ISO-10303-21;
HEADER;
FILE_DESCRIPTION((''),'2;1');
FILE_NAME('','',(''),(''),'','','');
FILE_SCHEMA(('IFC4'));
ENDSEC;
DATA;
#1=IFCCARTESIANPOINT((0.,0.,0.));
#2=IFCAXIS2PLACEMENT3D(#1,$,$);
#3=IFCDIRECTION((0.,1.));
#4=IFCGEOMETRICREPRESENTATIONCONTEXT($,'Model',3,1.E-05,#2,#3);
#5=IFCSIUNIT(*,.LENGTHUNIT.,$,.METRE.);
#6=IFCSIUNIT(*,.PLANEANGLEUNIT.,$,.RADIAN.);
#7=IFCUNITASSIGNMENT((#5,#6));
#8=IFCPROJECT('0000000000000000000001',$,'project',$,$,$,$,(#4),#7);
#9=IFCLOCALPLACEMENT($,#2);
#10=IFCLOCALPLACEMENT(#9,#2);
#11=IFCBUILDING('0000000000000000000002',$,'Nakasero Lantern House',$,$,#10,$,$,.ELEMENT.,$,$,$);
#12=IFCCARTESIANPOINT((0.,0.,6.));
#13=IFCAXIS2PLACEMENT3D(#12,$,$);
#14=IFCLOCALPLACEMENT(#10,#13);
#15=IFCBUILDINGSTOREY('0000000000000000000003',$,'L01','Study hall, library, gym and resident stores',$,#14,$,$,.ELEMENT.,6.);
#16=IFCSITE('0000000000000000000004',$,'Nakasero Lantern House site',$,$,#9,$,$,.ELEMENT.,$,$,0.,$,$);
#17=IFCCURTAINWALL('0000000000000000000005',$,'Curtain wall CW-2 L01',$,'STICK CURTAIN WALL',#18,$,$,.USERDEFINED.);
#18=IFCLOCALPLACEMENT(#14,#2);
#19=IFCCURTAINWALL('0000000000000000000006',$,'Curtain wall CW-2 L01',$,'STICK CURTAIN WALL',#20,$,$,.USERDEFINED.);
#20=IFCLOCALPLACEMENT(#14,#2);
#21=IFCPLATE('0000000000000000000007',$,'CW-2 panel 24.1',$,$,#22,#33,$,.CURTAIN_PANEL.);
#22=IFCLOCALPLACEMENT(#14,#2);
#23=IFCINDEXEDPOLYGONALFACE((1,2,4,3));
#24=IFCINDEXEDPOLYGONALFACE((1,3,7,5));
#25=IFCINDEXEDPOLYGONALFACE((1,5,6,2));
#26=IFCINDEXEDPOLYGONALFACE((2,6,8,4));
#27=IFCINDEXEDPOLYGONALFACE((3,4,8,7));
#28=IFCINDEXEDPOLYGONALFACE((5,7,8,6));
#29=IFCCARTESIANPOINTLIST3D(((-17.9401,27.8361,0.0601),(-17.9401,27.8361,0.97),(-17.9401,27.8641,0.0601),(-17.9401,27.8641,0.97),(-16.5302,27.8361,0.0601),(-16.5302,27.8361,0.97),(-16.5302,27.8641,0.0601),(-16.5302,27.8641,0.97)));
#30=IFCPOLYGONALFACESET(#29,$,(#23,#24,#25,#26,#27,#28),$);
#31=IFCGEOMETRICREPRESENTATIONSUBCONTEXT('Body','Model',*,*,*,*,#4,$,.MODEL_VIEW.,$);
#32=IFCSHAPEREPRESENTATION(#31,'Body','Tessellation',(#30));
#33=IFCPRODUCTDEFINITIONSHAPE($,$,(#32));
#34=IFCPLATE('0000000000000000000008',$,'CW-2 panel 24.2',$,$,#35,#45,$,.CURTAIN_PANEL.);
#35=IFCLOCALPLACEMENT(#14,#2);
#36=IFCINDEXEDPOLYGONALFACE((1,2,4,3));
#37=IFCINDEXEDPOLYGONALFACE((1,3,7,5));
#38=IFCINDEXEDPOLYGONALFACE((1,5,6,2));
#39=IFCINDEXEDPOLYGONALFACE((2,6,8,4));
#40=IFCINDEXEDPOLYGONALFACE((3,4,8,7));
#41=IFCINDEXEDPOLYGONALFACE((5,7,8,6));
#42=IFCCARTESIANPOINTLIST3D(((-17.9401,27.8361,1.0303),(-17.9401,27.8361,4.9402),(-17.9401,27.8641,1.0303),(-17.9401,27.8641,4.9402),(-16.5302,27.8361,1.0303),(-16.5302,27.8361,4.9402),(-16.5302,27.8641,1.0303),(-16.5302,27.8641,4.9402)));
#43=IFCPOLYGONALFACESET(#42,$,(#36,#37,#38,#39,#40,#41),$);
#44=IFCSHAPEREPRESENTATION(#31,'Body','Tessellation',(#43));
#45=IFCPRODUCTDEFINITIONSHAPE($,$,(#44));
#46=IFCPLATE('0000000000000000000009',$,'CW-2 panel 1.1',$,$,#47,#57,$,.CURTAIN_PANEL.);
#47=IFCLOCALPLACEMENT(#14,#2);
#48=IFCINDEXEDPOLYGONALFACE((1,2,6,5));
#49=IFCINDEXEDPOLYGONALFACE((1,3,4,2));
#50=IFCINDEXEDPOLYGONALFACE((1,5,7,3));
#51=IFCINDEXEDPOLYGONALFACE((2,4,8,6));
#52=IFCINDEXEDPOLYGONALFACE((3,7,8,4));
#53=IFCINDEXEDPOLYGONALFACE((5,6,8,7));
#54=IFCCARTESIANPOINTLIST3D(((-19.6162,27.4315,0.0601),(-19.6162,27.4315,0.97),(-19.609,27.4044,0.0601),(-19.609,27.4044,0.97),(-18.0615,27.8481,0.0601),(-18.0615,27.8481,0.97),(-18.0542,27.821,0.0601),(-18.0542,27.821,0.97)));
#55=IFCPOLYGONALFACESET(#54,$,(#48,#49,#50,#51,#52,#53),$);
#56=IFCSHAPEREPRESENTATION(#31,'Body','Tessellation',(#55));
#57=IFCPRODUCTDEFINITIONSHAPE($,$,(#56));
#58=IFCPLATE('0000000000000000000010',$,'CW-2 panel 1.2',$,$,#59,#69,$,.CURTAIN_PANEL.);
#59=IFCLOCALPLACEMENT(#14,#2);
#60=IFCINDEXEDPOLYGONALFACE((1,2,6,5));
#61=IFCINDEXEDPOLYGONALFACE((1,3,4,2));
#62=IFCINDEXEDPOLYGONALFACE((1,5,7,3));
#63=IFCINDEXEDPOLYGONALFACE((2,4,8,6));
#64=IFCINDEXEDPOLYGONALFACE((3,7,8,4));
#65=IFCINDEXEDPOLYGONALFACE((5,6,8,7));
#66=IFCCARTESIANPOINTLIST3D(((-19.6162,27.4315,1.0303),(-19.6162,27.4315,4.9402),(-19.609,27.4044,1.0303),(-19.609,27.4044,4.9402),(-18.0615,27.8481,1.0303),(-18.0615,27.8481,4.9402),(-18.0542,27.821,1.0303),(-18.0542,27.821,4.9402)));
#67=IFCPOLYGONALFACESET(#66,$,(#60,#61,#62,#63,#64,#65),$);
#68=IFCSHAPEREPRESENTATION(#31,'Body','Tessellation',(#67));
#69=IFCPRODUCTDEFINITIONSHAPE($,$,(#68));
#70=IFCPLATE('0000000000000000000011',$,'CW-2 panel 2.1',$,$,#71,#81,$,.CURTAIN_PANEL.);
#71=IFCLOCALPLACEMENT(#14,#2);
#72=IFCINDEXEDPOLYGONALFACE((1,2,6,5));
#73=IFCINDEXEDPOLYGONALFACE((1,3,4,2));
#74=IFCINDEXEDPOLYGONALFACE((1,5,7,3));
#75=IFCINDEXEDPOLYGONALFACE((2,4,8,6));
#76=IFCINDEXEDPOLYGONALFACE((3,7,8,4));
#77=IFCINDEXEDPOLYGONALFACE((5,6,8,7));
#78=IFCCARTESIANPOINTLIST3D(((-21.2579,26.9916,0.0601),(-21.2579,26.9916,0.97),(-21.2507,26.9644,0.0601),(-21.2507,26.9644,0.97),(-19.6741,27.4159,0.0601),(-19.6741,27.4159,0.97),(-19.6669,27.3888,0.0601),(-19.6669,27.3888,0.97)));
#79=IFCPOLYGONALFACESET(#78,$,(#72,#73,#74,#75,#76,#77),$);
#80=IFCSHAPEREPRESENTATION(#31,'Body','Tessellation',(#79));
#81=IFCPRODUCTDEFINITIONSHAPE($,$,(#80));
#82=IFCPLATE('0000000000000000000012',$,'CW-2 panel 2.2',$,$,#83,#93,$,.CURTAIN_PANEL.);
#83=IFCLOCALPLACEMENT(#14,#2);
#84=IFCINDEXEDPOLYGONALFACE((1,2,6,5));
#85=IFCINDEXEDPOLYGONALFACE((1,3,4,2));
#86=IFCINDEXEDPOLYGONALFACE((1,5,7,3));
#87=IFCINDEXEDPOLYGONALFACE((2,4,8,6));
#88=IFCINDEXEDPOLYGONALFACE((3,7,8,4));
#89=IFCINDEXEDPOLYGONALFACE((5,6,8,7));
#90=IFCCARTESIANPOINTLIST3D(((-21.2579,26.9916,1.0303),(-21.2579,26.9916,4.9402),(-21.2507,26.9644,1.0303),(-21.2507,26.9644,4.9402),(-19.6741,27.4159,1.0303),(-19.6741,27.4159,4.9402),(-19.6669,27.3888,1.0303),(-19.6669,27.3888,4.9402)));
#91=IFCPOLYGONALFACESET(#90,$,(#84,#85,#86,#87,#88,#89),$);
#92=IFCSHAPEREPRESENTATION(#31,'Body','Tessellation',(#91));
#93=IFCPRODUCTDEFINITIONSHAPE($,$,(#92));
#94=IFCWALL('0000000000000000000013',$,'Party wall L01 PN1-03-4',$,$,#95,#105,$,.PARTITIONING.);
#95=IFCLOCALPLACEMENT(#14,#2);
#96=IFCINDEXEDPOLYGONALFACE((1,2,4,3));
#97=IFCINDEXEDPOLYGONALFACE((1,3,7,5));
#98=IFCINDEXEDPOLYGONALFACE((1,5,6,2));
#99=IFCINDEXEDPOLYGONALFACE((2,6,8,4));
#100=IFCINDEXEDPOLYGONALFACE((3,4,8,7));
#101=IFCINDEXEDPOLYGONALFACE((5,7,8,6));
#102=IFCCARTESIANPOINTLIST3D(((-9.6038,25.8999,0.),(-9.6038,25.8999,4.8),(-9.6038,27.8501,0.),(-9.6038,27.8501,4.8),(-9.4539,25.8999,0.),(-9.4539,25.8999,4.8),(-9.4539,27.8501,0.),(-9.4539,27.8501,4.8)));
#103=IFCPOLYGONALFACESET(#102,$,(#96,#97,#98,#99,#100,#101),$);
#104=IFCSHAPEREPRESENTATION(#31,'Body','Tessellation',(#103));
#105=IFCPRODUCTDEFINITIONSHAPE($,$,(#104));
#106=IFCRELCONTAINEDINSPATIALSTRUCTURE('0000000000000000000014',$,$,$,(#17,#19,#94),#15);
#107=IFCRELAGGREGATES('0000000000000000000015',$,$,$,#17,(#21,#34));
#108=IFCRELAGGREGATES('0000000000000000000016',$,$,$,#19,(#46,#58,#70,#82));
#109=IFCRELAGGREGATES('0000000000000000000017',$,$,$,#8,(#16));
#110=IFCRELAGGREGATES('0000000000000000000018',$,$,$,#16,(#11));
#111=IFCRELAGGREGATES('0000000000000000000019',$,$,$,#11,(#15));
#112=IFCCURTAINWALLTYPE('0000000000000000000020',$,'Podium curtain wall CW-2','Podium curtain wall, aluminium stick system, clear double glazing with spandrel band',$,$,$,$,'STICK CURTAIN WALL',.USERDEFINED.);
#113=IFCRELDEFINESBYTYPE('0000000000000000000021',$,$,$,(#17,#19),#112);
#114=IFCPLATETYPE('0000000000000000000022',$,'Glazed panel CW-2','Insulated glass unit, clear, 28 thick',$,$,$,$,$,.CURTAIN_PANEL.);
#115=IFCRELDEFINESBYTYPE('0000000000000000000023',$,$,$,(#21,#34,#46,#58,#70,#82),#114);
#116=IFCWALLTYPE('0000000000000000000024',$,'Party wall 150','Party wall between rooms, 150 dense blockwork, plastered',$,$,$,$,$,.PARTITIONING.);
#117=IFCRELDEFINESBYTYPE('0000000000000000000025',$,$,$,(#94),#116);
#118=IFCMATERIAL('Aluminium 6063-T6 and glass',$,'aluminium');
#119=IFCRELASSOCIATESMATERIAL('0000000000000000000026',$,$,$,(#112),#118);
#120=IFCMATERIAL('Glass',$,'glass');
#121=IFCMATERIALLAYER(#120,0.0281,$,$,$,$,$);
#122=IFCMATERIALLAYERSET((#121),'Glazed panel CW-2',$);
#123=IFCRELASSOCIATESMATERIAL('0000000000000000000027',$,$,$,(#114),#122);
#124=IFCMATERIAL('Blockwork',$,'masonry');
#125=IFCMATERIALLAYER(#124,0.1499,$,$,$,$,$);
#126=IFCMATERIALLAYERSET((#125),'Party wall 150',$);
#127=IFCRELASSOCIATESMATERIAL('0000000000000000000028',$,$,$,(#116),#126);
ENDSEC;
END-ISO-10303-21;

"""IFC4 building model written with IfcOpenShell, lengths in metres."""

from ifc_helpers import new_model, si_unit, direction, frame, frame_2d, origin, origin_2d, place, context, subcontext, project, spatial, rectangle, extrude, material, layer, layer_set, type_object, element, aggregate, save


model = new_model("IFC4")

# Units and contexts
model_context = context("Model", 3, precision=1e-05, world=origin(), true_north=direction((0.0, 1.0)))
body_context = subcontext(model_context, "Body", "Model", "MODEL_VIEW")
ifc_project = project(units=[si_unit("LENGTHUNIT", "METRE"), si_unit("PLANEANGLEUNIT", "RADIAN")], contexts=[model_context])

# Site, building, storey
site_placement = place(None, origin())
site = spatial("IfcSite", under=ifc_project, at=site_placement, Name="Nakasero Lantern House site", CompositionType="ELEMENT", RefElevation=0.0)
building_placement = place(site_placement, origin())
building = spatial("IfcBuilding", under=site, at=building_placement, Name="Nakasero Lantern House", CompositionType="ELEMENT")
storey_placement = place(building_placement, frame((0.0, 0.0, 6.0)))
storey = spatial("IfcBuildingStorey", under=building, at=storey_placement, Name="L01", Description="Study hall, library, gym and resident stores", CompositionType="ELEMENT", Elevation=6.0)

# Curtain wall
ifc_material_1 = material(Name="Aluminium 6063-T6 and glass", Category="aluminium")
curtain_wall_type = type_object("IfcCurtainWallType", Name="Podium curtain wall CW-2", Description="Podium curtain wall, aluminium stick system, clear double glazing with spandrel band", ElementType="STICK CURTAIN WALL", PredefinedType="USERDEFINED", material=ifc_material_1)
curtain_wall_1_placement = place(storey_placement, origin())
curtain_wall_1 = element("IfcCurtainWall", 1, at=curtain_wall_1_placement, inside=storey, type_object=curtain_wall_type, Name="Curtain wall CW-2 L01", ObjectType="STICK CURTAIN WALL", PredefinedType="USERDEFINED")

# Curtain wall
curtain_wall_2_placement = place(storey_placement, origin())
curtain_wall_2 = element("IfcCurtainWall", 2, at=curtain_wall_2_placement, inside=storey, type_object=curtain_wall_type, Name="Curtain wall CW-2 L01", ObjectType="STICK CURTAIN WALL", PredefinedType="USERDEFINED")

# Plates
ifc_material_2 = material(Name="Glass", Category="glass")
ifc_layer_1 = layer(ifc_material_2, 0.0281)
ifc_layer_set_1 = layer_set([ifc_layer_1], Name="Glazed panel CW-2")
plate_type = type_object("IfcPlateType", Name="Glazed panel CW-2", Description="Insulated glass unit, clear, 28 thick", PredefinedType="CURTAIN_PANEL", material=ifc_layer_set_1)
plate_1_placement = place(storey_placement, frame((-17.2351, 27.8501, 0.0601), z_axis=(0.0, 0.0, 1.0), x_axis=(-1.0, 0.0, 0.0)))
plate_1 = element("IfcPlate", 3, at=plate_1_placement, type_object=plate_type, Name="CW-2 panel 24.1", PredefinedType="CURTAIN_PANEL", context=body_context, shape_type="SweptSolid", body=[
    extrude(rectangle(XDim=1.4099, YDim=0.0281, at=origin_2d()), origin(), (0.0, 0.0, 1.0), 0.9099),
])
plate_2_placement = place(storey_placement, frame((-17.2351, 27.8501, 1.0303), z_axis=(0.0, 0.0, 1.0), x_axis=(-1.0, 0.0, 0.0)))
plate_2 = element("IfcPlate", 4, at=plate_2_placement, type_object=plate_type, Name="CW-2 panel 24.2", PredefinedType="CURTAIN_PANEL", context=body_context, shape_type="SweptSolid", body=[
    extrude(rectangle(XDim=1.4099, YDim=0.0281, at=origin_2d()), origin(), (0.0, 0.0, 1.0), 3.9099),
])
aggregate(curtain_wall_1, [plate_1, plate_2])
plate_3_placement = place(storey_placement, frame((-18.8352, 27.6262, 0.0601), z_axis=(0.0, 0.0, 1.0), x_axis=(-0.965926, -0.258819, 0.0)))
plate_3 = element("IfcPlate", 5, at=plate_3_placement, type_object=plate_type, Name="CW-2 panel 1.1", PredefinedType="CURTAIN_PANEL", context=body_context, shape_type="SweptSolid", body=[
    extrude(rectangle(XDim=1.6096, YDim=0.0281, at=origin_2d()), origin(), (0.0, 0.0, 1.0), 0.9099),
])
plate_4_placement = place(storey_placement, frame((-18.8352, 27.6262, 1.0303), z_axis=(0.0, 0.0, 1.0), x_axis=(-0.965926, -0.258819, 0.0)))
plate_4 = element("IfcPlate", 6, at=plate_4_placement, type_object=plate_type, Name="CW-2 panel 1.2", PredefinedType="CURTAIN_PANEL", context=body_context, shape_type="SweptSolid", body=[
    extrude(rectangle(XDim=1.6096, YDim=0.0281, at=origin_2d()), origin(), (0.0, 0.0, 1.0), 3.9099),
])
plate_5_placement = place(storey_placement, frame((-20.4624, 27.1902, 0.0601), z_axis=(0.0, 0.0, 1.0), x_axis=(-0.965926, -0.258819, 0.0)))
plate_5 = element("IfcPlate", 7, at=plate_5_placement, type_object=plate_type, Name="CW-2 panel 2.1", PredefinedType="CURTAIN_PANEL", context=body_context, shape_type="SweptSolid", body=[
    extrude(rectangle(XDim=1.6396, YDim=0.0281, at=origin_2d()), origin(), (0.0, 0.0, 1.0), 0.9099),
])
plate_6_placement = place(storey_placement, frame((-20.4624, 27.1902, 1.0303), z_axis=(0.0, 0.0, 1.0), x_axis=(-0.965926, -0.258819, 0.0)))
plate_6 = element("IfcPlate", 8, at=plate_6_placement, type_object=plate_type, Name="CW-2 panel 2.2", PredefinedType="CURTAIN_PANEL", context=body_context, shape_type="SweptSolid", body=[
    extrude(rectangle(XDim=1.6396, YDim=0.0281, at=origin_2d()), origin(), (0.0, 0.0, 1.0), 3.9099),
])
aggregate(curtain_wall_2, [plate_3, plate_4, plate_5, plate_6])

# Wall
ifc_material_3 = material(Name="Blockwork", Category="masonry")
ifc_layer_2 = layer(ifc_material_3, 0.1499)
ifc_layer_set_2 = layer_set([ifc_layer_2], Name="Party wall 150")
wall_type = type_object("IfcWallType", Name="Party wall 150", Description="Party wall between rooms, 150 dense blockwork, plastered", PredefinedType="PARTITIONING", material=ifc_layer_set_2)
wall_placement = place(storey_placement, frame((-9.5288, 25.8999, 0.0), z_axis=(0.0, 0.0, 1.0), x_axis=(0.0, 1.0, 0.0)))
element("IfcWall", 9, at=wall_placement, inside=storey, type_object=wall_type, Name="Party wall L01 PN1-03-4", PredefinedType="PARTITIONING", context=body_context, shape_type="SweptSolid", body=[
    extrude(rectangle(XDim=1.9502, YDim=0.1499, at=frame_2d((0.9751, 0.0))), origin(), (0.0, 0.0, 1.0), 4.8),
])

save(model, "model.ifc")
